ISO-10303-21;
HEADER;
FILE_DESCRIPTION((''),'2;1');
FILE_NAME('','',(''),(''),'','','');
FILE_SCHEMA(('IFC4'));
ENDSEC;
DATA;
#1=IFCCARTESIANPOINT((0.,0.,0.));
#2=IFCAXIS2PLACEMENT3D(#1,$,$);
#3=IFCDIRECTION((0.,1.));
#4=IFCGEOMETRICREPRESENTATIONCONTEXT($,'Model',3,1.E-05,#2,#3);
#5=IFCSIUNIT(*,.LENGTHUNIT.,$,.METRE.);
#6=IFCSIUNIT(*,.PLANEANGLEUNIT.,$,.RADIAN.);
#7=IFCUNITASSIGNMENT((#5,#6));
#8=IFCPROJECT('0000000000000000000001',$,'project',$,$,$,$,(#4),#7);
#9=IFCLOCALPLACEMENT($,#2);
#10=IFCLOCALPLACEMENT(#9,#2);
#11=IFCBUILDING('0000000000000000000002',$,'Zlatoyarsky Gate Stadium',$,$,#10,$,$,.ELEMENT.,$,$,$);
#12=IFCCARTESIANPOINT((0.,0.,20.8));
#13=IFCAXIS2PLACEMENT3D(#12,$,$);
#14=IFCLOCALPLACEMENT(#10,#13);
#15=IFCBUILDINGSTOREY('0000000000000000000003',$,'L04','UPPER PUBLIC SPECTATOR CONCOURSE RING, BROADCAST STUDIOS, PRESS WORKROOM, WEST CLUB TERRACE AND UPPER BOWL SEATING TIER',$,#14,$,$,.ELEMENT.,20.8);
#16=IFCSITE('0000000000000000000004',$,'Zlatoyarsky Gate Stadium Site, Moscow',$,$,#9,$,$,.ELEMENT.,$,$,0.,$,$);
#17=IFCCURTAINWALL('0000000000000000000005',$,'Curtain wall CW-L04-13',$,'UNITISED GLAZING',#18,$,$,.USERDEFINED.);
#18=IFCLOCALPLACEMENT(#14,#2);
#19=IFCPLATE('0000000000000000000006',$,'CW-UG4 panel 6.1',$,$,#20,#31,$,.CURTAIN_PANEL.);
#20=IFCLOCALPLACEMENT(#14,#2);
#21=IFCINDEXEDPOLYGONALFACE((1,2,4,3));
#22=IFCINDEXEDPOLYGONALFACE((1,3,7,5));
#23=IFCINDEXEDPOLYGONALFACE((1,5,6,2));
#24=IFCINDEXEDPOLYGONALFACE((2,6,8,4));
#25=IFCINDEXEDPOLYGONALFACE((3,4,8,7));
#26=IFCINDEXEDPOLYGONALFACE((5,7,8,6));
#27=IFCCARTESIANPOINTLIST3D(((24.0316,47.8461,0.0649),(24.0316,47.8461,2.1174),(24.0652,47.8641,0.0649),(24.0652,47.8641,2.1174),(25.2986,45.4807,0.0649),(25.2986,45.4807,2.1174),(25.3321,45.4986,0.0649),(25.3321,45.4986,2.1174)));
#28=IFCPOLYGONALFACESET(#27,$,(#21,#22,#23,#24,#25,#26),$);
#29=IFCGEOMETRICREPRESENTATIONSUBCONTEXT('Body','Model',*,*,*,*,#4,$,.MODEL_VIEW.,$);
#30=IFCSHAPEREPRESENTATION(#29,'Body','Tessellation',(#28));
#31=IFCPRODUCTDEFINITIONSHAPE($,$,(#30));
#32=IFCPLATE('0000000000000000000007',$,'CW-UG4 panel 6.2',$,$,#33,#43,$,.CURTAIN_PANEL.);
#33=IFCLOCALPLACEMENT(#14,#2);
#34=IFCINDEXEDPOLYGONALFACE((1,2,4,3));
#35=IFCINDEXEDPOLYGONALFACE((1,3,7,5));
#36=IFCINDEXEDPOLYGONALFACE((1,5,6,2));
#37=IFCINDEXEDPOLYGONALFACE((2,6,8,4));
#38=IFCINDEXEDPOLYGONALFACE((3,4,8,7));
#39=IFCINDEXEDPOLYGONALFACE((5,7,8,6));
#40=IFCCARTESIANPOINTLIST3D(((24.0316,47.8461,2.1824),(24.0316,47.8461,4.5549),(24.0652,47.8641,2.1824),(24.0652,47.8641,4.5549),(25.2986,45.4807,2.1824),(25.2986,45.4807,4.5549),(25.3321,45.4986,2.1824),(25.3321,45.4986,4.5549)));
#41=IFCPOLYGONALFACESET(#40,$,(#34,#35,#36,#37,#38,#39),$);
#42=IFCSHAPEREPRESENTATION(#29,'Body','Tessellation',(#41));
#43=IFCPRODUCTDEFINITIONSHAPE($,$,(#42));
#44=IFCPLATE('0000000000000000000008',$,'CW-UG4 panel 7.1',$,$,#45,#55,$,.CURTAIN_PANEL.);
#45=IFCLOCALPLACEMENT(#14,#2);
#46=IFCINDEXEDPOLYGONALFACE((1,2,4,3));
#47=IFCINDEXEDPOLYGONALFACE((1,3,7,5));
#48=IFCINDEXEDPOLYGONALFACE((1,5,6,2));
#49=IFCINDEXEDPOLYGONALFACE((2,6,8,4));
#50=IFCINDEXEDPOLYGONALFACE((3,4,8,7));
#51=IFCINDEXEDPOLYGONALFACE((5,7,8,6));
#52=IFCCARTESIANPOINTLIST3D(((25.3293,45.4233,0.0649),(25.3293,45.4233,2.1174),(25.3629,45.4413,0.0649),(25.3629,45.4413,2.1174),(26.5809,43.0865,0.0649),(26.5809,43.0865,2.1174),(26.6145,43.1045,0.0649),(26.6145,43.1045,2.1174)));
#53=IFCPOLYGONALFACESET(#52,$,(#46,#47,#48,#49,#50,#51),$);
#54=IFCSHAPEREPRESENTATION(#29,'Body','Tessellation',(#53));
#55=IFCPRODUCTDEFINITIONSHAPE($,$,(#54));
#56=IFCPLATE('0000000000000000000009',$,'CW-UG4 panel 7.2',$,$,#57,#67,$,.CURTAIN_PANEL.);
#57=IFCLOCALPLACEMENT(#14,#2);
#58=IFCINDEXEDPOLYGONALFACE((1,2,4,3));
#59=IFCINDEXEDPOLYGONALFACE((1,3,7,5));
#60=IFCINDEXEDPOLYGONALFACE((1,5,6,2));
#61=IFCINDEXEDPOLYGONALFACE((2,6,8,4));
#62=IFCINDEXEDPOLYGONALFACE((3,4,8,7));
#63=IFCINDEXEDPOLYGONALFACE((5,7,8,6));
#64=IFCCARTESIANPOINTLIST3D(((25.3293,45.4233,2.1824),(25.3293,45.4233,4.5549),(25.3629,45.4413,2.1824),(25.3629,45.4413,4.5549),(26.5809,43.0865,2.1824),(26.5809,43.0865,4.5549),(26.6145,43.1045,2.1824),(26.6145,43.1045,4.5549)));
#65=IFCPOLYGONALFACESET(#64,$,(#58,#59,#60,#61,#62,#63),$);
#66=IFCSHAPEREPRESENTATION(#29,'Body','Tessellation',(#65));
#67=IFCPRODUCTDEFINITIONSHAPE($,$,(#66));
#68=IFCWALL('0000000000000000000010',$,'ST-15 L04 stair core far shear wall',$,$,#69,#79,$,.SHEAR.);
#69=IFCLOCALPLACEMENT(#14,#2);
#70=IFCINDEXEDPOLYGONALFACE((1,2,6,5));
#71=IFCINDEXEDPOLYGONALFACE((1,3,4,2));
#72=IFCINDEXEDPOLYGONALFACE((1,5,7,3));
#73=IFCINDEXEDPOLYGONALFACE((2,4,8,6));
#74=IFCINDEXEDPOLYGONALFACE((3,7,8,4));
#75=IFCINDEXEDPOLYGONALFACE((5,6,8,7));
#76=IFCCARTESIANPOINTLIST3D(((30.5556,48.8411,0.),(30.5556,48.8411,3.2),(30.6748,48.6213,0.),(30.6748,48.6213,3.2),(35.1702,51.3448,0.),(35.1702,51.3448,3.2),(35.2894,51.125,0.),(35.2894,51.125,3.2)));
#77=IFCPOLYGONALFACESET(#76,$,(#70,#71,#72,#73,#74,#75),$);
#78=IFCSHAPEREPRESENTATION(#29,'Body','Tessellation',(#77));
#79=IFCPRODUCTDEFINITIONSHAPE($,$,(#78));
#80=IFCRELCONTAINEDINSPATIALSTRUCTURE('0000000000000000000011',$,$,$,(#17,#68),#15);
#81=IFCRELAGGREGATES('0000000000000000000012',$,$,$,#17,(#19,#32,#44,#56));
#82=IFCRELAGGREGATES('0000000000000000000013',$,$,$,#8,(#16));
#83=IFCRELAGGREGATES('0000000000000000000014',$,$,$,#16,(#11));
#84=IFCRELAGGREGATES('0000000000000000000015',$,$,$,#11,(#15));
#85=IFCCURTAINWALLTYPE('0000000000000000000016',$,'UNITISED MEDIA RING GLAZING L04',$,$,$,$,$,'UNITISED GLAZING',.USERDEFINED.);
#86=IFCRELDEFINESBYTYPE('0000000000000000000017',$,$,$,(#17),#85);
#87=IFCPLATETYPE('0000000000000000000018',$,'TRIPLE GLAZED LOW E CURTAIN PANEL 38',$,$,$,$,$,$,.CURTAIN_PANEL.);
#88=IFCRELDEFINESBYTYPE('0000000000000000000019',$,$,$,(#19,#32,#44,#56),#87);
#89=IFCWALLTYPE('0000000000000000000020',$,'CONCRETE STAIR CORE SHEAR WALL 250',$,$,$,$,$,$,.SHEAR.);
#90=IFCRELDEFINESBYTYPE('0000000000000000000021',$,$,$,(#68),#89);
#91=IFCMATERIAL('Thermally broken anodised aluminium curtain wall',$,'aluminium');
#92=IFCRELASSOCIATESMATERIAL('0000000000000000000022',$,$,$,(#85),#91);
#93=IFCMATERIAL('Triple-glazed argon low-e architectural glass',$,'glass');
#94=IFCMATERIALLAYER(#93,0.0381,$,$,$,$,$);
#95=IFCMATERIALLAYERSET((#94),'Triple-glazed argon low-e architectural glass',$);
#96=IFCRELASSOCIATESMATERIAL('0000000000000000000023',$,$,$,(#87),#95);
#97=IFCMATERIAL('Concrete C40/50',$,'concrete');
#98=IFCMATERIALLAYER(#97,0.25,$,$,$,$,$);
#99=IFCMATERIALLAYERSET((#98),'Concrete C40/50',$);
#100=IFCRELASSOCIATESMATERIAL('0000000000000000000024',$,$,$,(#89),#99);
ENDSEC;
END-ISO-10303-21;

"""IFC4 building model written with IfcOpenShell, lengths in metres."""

from ifc_helpers import new_model, si_unit, direction, frame, frame_2d, origin, origin_2d, place, context, subcontext, project, spatial, rectangle, extrude, material, layer, layer_set, type_object, element, aggregate, save


model = new_model("IFC4")

# Units and contexts
model_context = context("Model", 3, precision=1e-05, world=origin(), true_north=direction((0.0, 1.0)))
body_context = subcontext(model_context, "Body", "Model", "MODEL_VIEW")
ifc_project = project(units=[si_unit("LENGTHUNIT", "METRE"), si_unit("PLANEANGLEUNIT", "RADIAN")], contexts=[model_context])

# Site, building, storey
site_placement = place(None, origin())
site = spatial("IfcSite", under=ifc_project, at=site_placement, Name="Zlatoyarsky Gate Stadium Site, Moscow", CompositionType="ELEMENT", RefElevation=0.0)
building_placement = place(site_placement, origin())
building = spatial("IfcBuilding", under=site, at=building_placement, Name="Zlatoyarsky Gate Stadium", CompositionType="ELEMENT")
storey_placement = place(building_placement, frame((0.0, 0.0, 20.8)))
storey = spatial("IfcBuildingStorey", under=building, at=storey_placement, Name="L04", Description="UPPER PUBLIC SPECTATOR CONCOURSE RING, BROADCAST STUDIOS, PRESS WORKROOM, WEST CLUB TERRACE AND UPPER BOWL SEATING TIER", CompositionType="ELEMENT", Elevation=20.8)

# Curtain wall
ifc_material_1 = material(Name="Thermally broken anodised aluminium curtain wall", Category="aluminium")
curtain_wall_type = type_object("IfcCurtainWallType", Name="UNITISED MEDIA RING GLAZING L04", ElementType="UNITISED GLAZING", PredefinedType="USERDEFINED", material=ifc_material_1)
curtain_wall_placement = place(storey_placement, origin())
curtain_wall = element("IfcCurtainWall", 1, at=curtain_wall_placement, inside=storey, type_object=curtain_wall_type, Name="Curtain wall CW-L04-13", ObjectType="UNITISED GLAZING", PredefinedType="USERDEFINED")

# Plates
ifc_material_2 = material(Name="Triple-glazed argon low-e architectural glass", Category="glass")
ifc_layer_1 = layer(ifc_material_2, 0.0381)
ifc_layer_set_1 = layer_set([ifc_layer_1], Name="Triple-glazed argon low-e architectural glass")
plate_type_1 = type_object("IfcPlateType", Name="TRIPLE GLAZED LOW E CURTAIN PANEL 38", PredefinedType="CURTAIN_PANEL", material=ifc_layer_set_1)
plate_1_placement = place(storey_placement, frame((24.6819, 46.6724, 0.0649), z_axis=(0.0, 0.0, 1.0), x_axis=(0.472145, -0.881521, 0.0)))
plate_1 = element("IfcPlate", 2, at=plate_1_placement, type_object=plate_type_1, Name="CW-UG4 panel 6.1", PredefinedType="CURTAIN_PANEL", context=body_context, shape_type="SweptSolid", body=[
    extrude(rectangle(XDim=2.6833, YDim=0.0381, at=origin_2d()), origin(), (0.0, 0.0, 1.0), 2.0525),
])
plate_2_placement = place(storey_placement, frame((24.6819, 46.6724, 2.1824), z_axis=(0.0, 0.0, 1.0), x_axis=(0.472145, -0.881521, 0.0)))
plate_2 = element("IfcPlate", 3, at=plate_2_placement, type_object=plate_type_1, Name="CW-UG4 panel 6.2", PredefinedType="CURTAIN_PANEL", context=body_context, shape_type="SweptSolid", body=[
    extrude(rectangle(XDim=2.6833, YDim=0.0381, at=origin_2d()), origin(), (0.0, 0.0, 1.0), 2.3726),
])
plate_3_placement = place(storey_placement, frame((25.9719, 44.2639, 0.0649), z_axis=(0.0, 0.0, 1.0), x_axis=(0.472145, -0.881521, 0.0)))
plate_3 = element("IfcPlate", 4, at=plate_3_placement, type_object=plate_type_1, Name="CW-UG4 panel 7.1", PredefinedType="CURTAIN_PANEL", context=body_context, shape_type="SweptSolid", body=[
    extrude(rectangle(XDim=2.6509, YDim=0.0381, at=origin_2d()), origin(), (0.0, 0.0, 1.0), 2.0525),
])
plate_4_placement = place(storey_placement, frame((25.9719, 44.2639, 2.1824), z_axis=(0.0, 0.0, 1.0), x_axis=(0.472145, -0.881521, 0.0)))
plate_4 = element("IfcPlate", 5, at=plate_4_placement, type_object=plate_type_1, Name="CW-UG4 panel 7.2", PredefinedType="CURTAIN_PANEL", context=body_context, shape_type="SweptSolid", body=[
    extrude(rectangle(XDim=2.6509, YDim=0.0381, at=origin_2d()), origin(), (0.0, 0.0, 1.0), 2.3726),
])
aggregate(curtain_wall, [plate_1, plate_2, plate_3, plate_4])

# Wall
ifc_material_3 = material(Name="Concrete C40/50", Category="concrete")
ifc_layer_2 = layer(ifc_material_3, 0.25)
ifc_layer_set_2 = layer_set([ifc_layer_2], Name="Concrete C40/50")
wall_type = type_object("IfcWallType", Name="CONCRETE STAIR CORE SHEAR WALL 250", PredefinedType="SHEAR", material=ifc_layer_set_2)
wall_placement = place(storey_placement, frame((30.6152, 48.7312, 0.0), z_axis=(0.0, 0.0, 1.0), x_axis=(0.878961, 0.476893, 0.0)))
element("IfcWall", 6, at=wall_placement, inside=storey, type_object=wall_type, Name="ST-15 L04 stair core far shear wall", PredefinedType="SHEAR", context=body_context, shape_type="SweptSolid", body=[
    extrude(rectangle(XDim=5.25, YDim=0.25, at=frame_2d((2.625, 0.0))), origin(), (0.0, 0.0, 1.0), 3.2),
])

save(model, "model.ifc")
